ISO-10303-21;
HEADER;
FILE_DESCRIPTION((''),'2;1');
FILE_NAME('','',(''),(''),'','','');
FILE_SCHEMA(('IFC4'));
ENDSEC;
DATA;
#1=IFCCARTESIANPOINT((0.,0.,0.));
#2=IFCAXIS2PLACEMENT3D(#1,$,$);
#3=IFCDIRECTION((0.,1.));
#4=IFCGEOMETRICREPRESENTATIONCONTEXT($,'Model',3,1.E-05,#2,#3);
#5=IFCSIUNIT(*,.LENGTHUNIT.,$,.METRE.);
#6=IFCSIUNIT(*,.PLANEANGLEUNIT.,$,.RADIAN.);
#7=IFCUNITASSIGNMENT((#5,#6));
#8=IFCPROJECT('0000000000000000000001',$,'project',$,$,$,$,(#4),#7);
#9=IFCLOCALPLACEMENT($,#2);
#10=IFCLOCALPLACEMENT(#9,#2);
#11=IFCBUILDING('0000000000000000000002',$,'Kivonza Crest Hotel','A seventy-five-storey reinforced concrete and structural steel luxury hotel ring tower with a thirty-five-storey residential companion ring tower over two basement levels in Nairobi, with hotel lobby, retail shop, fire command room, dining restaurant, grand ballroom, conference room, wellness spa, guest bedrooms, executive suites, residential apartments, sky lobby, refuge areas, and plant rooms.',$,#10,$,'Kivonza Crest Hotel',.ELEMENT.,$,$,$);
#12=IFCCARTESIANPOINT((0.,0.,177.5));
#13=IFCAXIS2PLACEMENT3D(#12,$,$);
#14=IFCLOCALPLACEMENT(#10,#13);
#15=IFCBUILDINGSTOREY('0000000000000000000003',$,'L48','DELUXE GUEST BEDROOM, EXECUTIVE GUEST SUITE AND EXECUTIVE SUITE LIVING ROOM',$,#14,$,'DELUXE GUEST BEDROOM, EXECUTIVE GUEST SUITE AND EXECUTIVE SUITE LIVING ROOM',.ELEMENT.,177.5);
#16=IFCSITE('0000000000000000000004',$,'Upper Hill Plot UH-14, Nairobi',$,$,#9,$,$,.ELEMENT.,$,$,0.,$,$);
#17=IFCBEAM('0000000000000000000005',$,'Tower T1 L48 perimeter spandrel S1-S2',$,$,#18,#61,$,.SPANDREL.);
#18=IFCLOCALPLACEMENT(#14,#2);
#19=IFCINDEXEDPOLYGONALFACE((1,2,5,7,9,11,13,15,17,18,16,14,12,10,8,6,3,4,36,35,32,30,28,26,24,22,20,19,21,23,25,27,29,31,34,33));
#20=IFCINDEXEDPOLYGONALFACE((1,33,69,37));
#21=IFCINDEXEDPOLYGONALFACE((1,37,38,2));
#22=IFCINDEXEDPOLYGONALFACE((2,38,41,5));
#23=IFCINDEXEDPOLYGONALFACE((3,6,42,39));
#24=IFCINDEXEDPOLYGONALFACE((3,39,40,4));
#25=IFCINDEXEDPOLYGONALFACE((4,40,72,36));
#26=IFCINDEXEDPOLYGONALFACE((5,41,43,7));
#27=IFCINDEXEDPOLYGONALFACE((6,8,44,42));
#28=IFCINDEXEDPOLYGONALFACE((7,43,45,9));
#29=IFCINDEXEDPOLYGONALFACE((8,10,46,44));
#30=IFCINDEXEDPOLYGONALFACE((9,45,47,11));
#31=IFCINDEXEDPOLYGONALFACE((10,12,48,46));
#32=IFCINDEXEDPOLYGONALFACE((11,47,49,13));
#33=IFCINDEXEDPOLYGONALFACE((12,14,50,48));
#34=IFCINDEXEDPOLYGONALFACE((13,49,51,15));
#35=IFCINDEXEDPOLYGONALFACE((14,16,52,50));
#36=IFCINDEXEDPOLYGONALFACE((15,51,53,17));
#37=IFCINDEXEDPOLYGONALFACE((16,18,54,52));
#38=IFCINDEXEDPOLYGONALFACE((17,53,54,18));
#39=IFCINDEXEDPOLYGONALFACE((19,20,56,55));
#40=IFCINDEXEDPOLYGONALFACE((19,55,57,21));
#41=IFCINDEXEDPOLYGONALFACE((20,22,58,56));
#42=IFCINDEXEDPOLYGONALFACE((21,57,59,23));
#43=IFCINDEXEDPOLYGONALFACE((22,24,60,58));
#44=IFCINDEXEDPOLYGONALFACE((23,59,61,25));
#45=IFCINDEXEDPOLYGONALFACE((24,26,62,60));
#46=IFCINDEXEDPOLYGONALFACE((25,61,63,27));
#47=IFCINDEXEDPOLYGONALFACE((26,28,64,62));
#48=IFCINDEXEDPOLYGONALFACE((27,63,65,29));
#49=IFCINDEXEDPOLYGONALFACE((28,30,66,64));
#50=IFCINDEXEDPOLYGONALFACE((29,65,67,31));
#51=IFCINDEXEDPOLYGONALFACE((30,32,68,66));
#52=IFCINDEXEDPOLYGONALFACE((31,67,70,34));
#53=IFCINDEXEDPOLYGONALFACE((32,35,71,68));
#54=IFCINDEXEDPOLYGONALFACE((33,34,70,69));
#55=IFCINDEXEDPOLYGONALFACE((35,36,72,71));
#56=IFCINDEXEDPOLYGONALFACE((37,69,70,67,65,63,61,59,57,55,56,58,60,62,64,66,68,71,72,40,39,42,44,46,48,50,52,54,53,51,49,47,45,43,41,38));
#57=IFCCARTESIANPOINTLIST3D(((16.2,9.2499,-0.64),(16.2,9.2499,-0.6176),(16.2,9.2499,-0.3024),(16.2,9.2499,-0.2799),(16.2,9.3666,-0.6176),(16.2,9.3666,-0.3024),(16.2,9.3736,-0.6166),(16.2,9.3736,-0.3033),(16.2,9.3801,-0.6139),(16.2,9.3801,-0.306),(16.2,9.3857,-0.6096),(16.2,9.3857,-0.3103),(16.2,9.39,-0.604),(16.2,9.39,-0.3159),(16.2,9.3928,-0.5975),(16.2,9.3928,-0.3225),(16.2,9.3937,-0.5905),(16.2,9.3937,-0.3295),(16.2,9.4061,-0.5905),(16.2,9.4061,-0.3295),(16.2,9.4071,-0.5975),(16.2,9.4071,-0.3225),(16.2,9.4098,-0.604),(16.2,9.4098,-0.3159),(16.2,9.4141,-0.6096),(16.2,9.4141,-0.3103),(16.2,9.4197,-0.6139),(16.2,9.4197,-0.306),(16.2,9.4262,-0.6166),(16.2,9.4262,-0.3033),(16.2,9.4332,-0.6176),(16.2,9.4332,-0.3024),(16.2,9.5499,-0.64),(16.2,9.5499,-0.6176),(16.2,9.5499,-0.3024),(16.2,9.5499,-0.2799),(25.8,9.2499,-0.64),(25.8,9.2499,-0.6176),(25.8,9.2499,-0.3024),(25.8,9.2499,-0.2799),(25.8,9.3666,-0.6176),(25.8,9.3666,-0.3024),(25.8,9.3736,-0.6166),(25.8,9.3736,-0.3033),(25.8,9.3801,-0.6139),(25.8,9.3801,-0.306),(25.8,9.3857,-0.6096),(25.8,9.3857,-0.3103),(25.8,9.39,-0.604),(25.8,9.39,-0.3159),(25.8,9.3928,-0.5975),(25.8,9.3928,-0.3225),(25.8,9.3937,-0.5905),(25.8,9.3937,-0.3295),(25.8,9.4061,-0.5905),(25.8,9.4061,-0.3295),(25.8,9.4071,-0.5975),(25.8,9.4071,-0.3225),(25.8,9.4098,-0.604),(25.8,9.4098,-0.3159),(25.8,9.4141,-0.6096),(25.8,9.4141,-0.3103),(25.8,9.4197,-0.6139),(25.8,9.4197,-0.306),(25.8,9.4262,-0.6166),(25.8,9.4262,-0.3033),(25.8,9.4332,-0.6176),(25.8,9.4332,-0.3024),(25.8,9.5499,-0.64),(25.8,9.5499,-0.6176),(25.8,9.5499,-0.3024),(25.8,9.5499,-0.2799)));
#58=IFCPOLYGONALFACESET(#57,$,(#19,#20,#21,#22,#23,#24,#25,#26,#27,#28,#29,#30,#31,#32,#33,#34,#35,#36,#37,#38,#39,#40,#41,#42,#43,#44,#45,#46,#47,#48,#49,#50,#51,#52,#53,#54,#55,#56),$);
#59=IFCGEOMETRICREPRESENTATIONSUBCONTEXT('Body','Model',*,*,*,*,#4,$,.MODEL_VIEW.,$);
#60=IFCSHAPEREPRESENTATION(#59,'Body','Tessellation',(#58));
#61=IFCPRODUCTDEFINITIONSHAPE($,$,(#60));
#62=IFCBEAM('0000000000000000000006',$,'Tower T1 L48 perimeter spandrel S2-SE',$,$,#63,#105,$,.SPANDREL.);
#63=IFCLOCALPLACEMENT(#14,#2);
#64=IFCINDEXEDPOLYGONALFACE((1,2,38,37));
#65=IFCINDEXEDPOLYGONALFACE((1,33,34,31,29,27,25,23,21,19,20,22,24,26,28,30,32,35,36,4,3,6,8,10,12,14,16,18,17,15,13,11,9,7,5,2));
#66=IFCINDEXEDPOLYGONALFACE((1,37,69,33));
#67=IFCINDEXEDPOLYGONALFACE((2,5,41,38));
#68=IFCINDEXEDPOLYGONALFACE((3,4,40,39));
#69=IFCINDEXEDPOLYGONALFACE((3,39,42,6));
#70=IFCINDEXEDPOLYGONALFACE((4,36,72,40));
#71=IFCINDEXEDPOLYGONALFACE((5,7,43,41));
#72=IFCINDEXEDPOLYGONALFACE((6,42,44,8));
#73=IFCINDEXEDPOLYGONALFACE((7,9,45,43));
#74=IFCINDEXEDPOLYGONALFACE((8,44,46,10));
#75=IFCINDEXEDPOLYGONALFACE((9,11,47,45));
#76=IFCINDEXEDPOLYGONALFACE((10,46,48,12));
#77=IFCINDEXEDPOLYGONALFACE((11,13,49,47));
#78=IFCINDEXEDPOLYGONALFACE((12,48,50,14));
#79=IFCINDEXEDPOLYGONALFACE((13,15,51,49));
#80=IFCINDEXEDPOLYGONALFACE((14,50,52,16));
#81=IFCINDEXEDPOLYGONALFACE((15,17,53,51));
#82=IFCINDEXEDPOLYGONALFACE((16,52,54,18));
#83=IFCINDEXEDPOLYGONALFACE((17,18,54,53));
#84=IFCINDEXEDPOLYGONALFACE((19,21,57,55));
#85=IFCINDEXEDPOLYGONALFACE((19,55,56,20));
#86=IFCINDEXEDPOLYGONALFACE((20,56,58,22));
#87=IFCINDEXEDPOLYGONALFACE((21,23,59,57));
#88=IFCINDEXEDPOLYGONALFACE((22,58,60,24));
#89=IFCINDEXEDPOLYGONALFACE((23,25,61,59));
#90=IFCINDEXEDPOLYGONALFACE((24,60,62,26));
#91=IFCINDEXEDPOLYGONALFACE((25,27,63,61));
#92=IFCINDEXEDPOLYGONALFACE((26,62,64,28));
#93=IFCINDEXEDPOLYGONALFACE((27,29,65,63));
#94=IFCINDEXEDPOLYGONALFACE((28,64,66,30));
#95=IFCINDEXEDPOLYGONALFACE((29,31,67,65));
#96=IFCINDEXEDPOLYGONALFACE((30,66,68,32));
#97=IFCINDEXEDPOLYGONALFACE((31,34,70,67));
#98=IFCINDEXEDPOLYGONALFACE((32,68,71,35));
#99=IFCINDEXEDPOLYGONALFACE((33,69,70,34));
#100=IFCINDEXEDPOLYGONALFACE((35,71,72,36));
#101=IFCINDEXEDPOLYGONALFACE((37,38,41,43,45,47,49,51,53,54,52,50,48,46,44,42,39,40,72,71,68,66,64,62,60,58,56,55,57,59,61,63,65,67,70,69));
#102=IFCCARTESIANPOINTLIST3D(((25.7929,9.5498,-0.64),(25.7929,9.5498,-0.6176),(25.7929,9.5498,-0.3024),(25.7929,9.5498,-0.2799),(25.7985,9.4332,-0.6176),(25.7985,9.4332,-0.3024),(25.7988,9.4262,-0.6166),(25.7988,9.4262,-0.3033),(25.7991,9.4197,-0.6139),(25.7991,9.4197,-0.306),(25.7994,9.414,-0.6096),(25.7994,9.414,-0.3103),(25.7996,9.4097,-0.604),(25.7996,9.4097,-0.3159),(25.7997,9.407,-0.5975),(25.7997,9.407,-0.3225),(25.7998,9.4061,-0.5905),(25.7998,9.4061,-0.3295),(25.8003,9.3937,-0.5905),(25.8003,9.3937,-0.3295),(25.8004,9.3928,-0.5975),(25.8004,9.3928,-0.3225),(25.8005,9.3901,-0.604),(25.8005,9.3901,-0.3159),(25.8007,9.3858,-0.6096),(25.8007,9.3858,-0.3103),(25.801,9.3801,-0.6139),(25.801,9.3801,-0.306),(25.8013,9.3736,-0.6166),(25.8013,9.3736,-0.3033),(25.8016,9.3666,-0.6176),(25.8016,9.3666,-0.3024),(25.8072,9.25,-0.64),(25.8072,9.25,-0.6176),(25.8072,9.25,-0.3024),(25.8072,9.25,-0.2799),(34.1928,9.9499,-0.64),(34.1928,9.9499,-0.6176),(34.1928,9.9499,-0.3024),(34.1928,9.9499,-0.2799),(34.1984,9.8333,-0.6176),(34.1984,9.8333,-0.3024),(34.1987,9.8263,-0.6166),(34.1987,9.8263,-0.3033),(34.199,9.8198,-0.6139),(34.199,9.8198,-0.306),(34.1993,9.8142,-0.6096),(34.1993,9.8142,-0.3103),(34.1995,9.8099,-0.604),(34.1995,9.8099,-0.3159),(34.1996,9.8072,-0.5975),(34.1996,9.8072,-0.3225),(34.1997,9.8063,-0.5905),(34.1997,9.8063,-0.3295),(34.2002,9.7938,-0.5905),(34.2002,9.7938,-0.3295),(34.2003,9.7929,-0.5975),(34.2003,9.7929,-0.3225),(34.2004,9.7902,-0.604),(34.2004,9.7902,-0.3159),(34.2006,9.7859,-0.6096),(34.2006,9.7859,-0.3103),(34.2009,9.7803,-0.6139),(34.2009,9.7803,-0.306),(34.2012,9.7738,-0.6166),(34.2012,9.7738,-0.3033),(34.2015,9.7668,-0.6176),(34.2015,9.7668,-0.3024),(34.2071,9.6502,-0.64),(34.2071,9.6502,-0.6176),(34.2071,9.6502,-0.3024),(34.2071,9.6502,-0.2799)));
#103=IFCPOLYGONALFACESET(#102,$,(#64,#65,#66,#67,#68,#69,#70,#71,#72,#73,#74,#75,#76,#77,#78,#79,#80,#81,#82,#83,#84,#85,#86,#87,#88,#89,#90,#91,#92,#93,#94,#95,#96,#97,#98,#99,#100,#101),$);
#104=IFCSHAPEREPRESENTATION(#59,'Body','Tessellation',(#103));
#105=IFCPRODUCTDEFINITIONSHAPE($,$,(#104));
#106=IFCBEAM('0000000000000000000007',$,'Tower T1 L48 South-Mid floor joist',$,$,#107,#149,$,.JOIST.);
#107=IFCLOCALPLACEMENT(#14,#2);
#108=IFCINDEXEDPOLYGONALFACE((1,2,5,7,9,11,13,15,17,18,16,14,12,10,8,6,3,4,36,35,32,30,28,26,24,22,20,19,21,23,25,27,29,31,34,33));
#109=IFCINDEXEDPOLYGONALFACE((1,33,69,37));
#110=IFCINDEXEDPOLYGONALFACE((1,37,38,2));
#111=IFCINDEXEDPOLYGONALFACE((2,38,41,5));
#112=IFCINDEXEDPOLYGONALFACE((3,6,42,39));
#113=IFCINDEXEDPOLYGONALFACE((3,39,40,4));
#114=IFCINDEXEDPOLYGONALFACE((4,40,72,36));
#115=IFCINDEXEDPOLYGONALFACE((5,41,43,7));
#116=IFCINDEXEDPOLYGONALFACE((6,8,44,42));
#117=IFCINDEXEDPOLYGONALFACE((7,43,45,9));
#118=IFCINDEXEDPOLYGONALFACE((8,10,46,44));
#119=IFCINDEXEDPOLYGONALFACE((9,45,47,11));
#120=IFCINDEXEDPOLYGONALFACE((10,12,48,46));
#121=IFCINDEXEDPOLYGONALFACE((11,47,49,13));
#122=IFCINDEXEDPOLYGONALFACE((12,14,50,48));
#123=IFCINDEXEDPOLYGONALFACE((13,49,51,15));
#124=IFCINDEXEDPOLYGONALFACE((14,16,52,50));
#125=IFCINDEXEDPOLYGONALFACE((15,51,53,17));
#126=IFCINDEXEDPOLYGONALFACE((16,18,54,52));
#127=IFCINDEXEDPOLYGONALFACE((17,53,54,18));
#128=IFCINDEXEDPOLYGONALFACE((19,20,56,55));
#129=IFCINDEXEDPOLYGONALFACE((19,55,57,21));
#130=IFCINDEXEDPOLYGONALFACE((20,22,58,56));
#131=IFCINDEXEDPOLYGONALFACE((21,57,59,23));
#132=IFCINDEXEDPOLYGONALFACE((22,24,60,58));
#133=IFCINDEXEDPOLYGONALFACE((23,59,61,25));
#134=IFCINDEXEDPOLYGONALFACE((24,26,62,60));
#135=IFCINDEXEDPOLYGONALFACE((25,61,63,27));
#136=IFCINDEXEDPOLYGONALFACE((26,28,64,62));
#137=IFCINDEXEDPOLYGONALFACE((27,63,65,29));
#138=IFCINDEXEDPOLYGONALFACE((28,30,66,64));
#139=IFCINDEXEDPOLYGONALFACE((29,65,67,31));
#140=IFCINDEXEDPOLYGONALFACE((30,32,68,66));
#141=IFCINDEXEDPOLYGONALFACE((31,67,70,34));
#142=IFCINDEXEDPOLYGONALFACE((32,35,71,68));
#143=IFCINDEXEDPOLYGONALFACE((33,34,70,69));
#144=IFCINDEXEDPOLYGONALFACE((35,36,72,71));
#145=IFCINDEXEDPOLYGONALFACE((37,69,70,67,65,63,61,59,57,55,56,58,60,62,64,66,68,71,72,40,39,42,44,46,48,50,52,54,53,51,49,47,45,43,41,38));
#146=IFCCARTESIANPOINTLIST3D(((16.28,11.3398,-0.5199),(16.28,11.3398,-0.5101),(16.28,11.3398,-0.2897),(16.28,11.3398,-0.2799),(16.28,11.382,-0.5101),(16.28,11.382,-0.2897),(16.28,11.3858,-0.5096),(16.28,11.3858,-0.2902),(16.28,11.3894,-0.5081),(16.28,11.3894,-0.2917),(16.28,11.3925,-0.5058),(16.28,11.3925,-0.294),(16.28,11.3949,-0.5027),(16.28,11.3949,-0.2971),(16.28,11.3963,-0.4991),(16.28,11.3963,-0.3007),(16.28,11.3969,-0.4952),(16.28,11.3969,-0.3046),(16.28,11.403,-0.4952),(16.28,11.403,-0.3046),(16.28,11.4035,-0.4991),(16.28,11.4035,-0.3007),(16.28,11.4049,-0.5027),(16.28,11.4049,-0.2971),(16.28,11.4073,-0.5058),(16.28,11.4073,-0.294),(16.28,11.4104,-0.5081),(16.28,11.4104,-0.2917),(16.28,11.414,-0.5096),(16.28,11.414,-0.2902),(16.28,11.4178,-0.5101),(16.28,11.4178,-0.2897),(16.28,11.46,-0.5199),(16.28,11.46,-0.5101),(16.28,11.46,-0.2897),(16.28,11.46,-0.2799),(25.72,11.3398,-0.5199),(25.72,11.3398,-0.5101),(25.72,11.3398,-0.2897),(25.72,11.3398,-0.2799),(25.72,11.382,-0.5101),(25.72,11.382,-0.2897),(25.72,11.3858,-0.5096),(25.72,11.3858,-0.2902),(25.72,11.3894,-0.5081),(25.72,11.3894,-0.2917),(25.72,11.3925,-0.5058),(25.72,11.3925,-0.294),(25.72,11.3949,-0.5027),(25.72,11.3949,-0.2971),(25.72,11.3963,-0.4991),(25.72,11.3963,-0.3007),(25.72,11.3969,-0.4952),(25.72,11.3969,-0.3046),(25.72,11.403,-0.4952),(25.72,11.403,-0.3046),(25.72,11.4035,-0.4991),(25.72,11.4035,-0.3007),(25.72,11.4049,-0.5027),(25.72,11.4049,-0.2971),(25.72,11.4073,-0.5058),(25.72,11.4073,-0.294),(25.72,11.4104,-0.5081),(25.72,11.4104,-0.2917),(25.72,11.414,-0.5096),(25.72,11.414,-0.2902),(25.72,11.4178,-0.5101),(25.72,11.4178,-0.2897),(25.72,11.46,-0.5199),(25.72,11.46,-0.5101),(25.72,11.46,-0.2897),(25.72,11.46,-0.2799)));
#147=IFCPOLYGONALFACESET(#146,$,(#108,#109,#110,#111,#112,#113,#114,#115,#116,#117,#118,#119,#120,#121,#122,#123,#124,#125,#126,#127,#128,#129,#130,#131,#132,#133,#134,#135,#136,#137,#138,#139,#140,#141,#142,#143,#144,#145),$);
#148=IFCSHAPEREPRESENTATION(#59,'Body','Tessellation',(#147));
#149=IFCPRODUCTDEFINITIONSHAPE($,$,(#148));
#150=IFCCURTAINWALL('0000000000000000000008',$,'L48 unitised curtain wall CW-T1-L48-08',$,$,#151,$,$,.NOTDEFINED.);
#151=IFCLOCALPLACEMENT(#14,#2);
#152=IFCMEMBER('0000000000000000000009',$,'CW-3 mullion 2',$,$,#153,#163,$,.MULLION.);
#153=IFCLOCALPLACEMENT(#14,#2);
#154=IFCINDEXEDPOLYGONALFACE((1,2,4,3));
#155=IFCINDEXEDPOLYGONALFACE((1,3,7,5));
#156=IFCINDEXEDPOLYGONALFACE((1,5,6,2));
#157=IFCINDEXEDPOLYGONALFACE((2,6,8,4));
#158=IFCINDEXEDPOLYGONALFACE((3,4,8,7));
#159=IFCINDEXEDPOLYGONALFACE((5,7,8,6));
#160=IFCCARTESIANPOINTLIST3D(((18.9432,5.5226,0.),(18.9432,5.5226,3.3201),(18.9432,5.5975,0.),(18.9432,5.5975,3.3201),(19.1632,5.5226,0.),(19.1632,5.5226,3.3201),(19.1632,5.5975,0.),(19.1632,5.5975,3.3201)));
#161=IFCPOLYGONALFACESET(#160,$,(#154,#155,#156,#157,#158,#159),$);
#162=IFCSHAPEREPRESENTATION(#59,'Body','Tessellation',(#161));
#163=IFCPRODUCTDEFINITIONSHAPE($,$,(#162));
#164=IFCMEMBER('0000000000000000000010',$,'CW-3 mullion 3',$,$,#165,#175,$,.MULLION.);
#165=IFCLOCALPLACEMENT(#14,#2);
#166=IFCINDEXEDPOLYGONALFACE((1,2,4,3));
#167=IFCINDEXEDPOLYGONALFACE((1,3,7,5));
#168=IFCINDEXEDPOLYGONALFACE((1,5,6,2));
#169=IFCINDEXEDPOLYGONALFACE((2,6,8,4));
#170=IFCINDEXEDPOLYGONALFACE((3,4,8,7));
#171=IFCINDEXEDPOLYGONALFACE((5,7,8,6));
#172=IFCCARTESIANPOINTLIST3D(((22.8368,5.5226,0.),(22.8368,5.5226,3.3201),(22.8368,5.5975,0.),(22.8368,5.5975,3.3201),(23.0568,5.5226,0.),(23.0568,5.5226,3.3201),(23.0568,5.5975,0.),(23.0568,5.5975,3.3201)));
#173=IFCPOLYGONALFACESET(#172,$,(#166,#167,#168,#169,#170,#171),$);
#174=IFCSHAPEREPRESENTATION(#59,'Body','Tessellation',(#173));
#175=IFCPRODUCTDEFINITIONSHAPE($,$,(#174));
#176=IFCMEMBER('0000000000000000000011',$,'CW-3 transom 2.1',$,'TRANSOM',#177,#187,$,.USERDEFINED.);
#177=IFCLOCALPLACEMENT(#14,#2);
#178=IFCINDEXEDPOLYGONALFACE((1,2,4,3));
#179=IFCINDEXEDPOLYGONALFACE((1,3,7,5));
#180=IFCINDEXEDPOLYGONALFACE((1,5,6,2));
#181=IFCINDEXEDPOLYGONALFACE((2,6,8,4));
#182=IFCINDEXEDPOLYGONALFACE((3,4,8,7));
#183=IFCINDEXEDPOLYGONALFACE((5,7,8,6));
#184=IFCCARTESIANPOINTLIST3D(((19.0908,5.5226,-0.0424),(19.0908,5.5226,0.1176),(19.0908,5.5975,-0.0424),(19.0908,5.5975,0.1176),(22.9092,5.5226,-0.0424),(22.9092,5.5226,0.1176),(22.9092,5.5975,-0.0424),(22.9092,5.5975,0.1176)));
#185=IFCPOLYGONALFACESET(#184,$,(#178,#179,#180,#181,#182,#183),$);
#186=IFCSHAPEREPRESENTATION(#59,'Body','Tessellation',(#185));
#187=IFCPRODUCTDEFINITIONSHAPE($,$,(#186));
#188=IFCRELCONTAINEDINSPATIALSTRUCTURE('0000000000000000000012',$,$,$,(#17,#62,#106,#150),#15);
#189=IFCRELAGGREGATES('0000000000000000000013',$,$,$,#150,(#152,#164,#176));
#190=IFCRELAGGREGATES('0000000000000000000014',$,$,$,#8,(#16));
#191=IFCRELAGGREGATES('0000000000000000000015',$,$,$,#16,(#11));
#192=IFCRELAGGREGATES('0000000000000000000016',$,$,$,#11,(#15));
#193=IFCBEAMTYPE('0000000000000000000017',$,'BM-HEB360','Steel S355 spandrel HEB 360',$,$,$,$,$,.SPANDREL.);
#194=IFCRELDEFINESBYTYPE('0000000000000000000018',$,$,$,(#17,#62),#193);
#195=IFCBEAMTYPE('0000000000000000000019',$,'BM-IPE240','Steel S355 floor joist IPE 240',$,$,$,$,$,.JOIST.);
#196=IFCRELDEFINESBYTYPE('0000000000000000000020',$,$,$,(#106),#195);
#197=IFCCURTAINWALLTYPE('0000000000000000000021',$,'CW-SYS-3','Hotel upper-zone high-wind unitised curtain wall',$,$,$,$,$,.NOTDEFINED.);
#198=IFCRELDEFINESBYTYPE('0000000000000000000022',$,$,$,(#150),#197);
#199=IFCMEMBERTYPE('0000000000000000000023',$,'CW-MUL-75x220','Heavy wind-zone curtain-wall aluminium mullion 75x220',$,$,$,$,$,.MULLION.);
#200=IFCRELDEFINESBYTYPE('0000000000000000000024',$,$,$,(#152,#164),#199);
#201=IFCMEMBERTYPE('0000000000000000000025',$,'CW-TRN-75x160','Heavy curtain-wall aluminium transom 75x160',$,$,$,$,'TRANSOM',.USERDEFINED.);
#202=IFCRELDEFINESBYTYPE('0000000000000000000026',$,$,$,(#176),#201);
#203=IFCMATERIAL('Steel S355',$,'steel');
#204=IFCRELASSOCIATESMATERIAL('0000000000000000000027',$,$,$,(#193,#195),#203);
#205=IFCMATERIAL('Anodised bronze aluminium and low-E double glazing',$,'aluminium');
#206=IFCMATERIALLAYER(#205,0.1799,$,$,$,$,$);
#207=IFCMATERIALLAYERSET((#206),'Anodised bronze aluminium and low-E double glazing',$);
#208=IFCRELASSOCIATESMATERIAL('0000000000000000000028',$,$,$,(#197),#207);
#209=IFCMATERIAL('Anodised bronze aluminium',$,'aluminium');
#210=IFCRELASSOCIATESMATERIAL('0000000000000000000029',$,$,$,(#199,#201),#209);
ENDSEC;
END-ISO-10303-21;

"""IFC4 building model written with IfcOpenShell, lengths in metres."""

from ifc_helpers import new_model, si_unit, direction, frame, origin, origin_2d, place, context, subcontext, project, spatial, rectangle, i_section, extrude, material, layer, layer_set, material_profile, profile_set, type_object, element, aggregate, save


model = new_model("IFC4")

# Units and contexts
model_context = context("Model", 3, precision=1e-05, world=origin(), true_north=direction((0.0, 1.0)))
body_context = subcontext(model_context, "Body", "Model", "MODEL_VIEW")
ifc_project = project(units=[si_unit("LENGTHUNIT", "METRE"), si_unit("PLANEANGLEUNIT", "RADIAN")], contexts=[model_context])

# Site, building, storey
site_placement = place(None, origin())
site = spatial("IfcSite", under=ifc_project, at=site_placement, Name="Upper Hill Plot UH-14, Nairobi", CompositionType="ELEMENT", RefElevation=0.0)
building_placement = place(site_placement, origin())
building = spatial("IfcBuilding", under=site, at=building_placement, Name="Kivonza Crest Hotel", Description="A seventy-five-storey reinforced concrete and structural steel luxury hotel ring tower with a thirty-five-storey residential companion ring tower over two basement levels in Nairobi, with hotel lobby, retail shop, fire command room, dining restaurant, grand ballroom, conference room, wellness spa, guest bedrooms, executive suites, residential apartments, sky lobby, refuge areas, and plant rooms.", LongName="Kivonza Crest Hotel", CompositionType="ELEMENT")
storey_placement = place(building_placement, frame((0.0, 0.0, 177.5)))
storey = spatial("IfcBuildingStorey", under=building, at=storey_placement, Name="L48", Description="DELUXE GUEST BEDROOM, EXECUTIVE GUEST SUITE AND EXECUTIVE SUITE LIVING ROOM", LongName="DELUXE GUEST BEDROOM, EXECUTIVE GUEST SUITE AND EXECUTIVE SUITE LIVING ROOM", CompositionType="ELEMENT", Elevation=177.5)

# Beams
ifc_material_1 = material(Name="Steel S355", Category="steel")
ifc_material_profile_1 = material_profile(ifc_material_1, i_section(OverallWidth=0.3, OverallDepth=0.3601, WebThickness=0.0125, FlangeThickness=0.0225, FilletRadius=0.0271, at=origin_2d()), Name="HEB 360")
ifc_profile_set_1 = profile_set([ifc_material_profile_1], Name="Steel S355")
beam_type_1 = type_object("IfcBeamType", Name="BM-HEB360", Description="Steel S355 spandrel HEB 360", PredefinedType="SPANDREL", material=ifc_profile_set_1)
beam_1_placement = place(storey_placement, frame((16.2, 9.3999, -0.46), z_axis=(1.0, 0.0, 0.0), x_axis=(0.0, 1.0, 0.0)))
element("IfcBeam", 1, at=beam_1_placement, inside=storey, type_object=beam_type_1, Name="Tower T1 L48 perimeter spandrel S1-S2", PredefinedType="SPANDREL", context=body_context, shape_type="SweptSolid", body=[
    extrude(i_section(OverallWidth=0.3, OverallDepth=0.3601, WebThickness=0.0125, FlangeThickness=0.0225, FilletRadius=0.0271, at=origin_2d()), origin(), (0.0, 0.0, 1.0), 9.6001),
])
beam_2_placement = place(storey_placement, frame((25.8, 9.3999, -0.46), z_axis=(0.998867, 0.047583, 0.0), x_axis=(-0.047583, 0.998867, 0.0)))
element("IfcBeam", 2, at=beam_2_placement, inside=storey, type_object=beam_type_1, Name="Tower T1 L48 perimeter spandrel S2-SE", PredefinedType="SPANDREL", context=body_context, shape_type="SweptSolid", body=[
    extrude(i_section(OverallWidth=0.3, OverallDepth=0.3601, WebThickness=0.0125, FlangeThickness=0.0225, FilletRadius=0.0271, at=origin_2d()), origin(), (0.0, 0.0, 1.0), 8.4094),
])
ifc_material_profile_2 = material_profile(ifc_material_1, i_section(OverallWidth=0.1201, OverallDepth=0.24, WebThickness=0.0061, FlangeThickness=0.0098, FilletRadius=0.0149, at=origin_2d()), Name="IPE 240")
ifc_profile_set_2 = profile_set([ifc_material_profile_2], Name="Steel S355")
beam_type_2 = type_object("IfcBeamType", Name="BM-IPE240", Description="Steel S355 floor joist IPE 240", PredefinedType="JOIST", material=ifc_profile_set_2)
beam_3_placement = place(storey_placement, frame((16.28, 11.3999, -0.3999), z_axis=(1.0, 0.0, 0.0), x_axis=(0.0, 1.0, 0.0)))
element("IfcBeam", 3, at=beam_3_placement, inside=storey, type_object=beam_type_2, Name="Tower T1 L48 South-Mid floor joist", PredefinedType="JOIST", context=body_context, shape_type="SweptSolid", body=[
    extrude(i_section(OverallWidth=0.1201, OverallDepth=0.24, WebThickness=0.0061, FlangeThickness=0.0098, FilletRadius=0.0149, at=origin_2d()), origin(), (0.0, 0.0, 1.0), 9.4399),
])

# Curtain wall, members
ifc_material_2 = material(Name="Anodised bronze aluminium and low-E double glazing", Category="aluminium")
ifc_layer_1 = layer(ifc_material_2, 0.1799)
ifc_layer_set_1 = layer_set([ifc_layer_1], Name="Anodised bronze aluminium and low-E double glazing")
curtain_wall_type = type_object("IfcCurtainWallType", Name="CW-SYS-3", Description="Hotel upper-zone high-wind unitised curtain wall", PredefinedType="NOTDEFINED", material=ifc_layer_set_1)
curtain_wall_placement = place(storey_placement, origin())
curtain_wall = element("IfcCurtainWall", 4, at=curtain_wall_placement, inside=storey, type_object=curtain_wall_type, Name="L48 unitised curtain wall CW-T1-L48-08", PredefinedType="NOTDEFINED")
ifc_material_3 = material(Name="Anodised bronze aluminium", Category="aluminium")
ifc_material_profile_3 = material_profile(ifc_material_3, rectangle(XDim=0.075, YDim=0.22, at=origin_2d()), Name="CW-M 75x220")
ifc_profile_set_3 = profile_set([ifc_material_profile_3], Name="Anodised bronze aluminium")
member_type_1 = type_object("IfcMemberType", Name="CW-MUL-75x220", Description="Heavy wind-zone curtain-wall aluminium mullion 75x220", PredefinedType="MULLION", material=ifc_profile_set_3)
member_1_placement = place(storey_placement, frame((19.0532, 5.5601, 0.0), z_axis=(0.0, 0.0, 1.0), x_axis=(0.0, 1.0, 0.0)))
member_1 = element("IfcMember", 5, at=member_1_placement, type_object=member_type_1, Name="CW-3 mullion 2", PredefinedType="MULLION", context=body_context, shape_type="SweptSolid", body=[
    extrude(rectangle(XDim=0.075, YDim=0.22, at=origin_2d()), origin(), (0.0, 0.0, 1.0), 3.3201),
])
member_2_placement = place(storey_placement, frame((22.9468, 5.5601, 0.0), z_axis=(0.0, 0.0, 1.0), x_axis=(0.0, 1.0, 0.0)))
member_2 = element("IfcMember", 6, at=member_2_placement, type_object=member_type_1, Name="CW-3 mullion 3", PredefinedType="MULLION", context=body_context, shape_type="SweptSolid", body=[
    extrude(rectangle(XDim=0.075, YDim=0.22, at=origin_2d()), origin(), (0.0, 0.0, 1.0), 3.3201),
])
ifc_material_profile_4 = material_profile(ifc_material_3, rectangle(XDim=0.075, YDim=0.1599, at=origin_2d()), Name="CW-T 75x160")
ifc_profile_set_4 = profile_set([ifc_material_profile_4], Name="Anodised bronze aluminium")
member_type_2 = type_object("IfcMemberType", Name="CW-TRN-75x160", Description="Heavy curtain-wall aluminium transom 75x160", ElementType="TRANSOM", PredefinedType="USERDEFINED", material=ifc_profile_set_4)
member_3_placement = place(storey_placement, frame((19.0908, 5.5601, 0.0376), z_axis=(1.0, 0.0, 0.0), x_axis=(0.0, 1.0, 0.0)))
member_3 = element("IfcMember", 7, at=member_3_placement, type_object=member_type_2, Name="CW-3 transom 2.1", ObjectType="TRANSOM", PredefinedType="USERDEFINED", context=body_context, shape_type="SweptSolid", body=[
    extrude(rectangle(XDim=0.075, YDim=0.1599, at=origin_2d()), origin(), (0.0, 0.0, 1.0), 3.8184),
])
aggregate(curtain_wall, [member_1, member_2, member_3])

save(model, "model.ifc")
